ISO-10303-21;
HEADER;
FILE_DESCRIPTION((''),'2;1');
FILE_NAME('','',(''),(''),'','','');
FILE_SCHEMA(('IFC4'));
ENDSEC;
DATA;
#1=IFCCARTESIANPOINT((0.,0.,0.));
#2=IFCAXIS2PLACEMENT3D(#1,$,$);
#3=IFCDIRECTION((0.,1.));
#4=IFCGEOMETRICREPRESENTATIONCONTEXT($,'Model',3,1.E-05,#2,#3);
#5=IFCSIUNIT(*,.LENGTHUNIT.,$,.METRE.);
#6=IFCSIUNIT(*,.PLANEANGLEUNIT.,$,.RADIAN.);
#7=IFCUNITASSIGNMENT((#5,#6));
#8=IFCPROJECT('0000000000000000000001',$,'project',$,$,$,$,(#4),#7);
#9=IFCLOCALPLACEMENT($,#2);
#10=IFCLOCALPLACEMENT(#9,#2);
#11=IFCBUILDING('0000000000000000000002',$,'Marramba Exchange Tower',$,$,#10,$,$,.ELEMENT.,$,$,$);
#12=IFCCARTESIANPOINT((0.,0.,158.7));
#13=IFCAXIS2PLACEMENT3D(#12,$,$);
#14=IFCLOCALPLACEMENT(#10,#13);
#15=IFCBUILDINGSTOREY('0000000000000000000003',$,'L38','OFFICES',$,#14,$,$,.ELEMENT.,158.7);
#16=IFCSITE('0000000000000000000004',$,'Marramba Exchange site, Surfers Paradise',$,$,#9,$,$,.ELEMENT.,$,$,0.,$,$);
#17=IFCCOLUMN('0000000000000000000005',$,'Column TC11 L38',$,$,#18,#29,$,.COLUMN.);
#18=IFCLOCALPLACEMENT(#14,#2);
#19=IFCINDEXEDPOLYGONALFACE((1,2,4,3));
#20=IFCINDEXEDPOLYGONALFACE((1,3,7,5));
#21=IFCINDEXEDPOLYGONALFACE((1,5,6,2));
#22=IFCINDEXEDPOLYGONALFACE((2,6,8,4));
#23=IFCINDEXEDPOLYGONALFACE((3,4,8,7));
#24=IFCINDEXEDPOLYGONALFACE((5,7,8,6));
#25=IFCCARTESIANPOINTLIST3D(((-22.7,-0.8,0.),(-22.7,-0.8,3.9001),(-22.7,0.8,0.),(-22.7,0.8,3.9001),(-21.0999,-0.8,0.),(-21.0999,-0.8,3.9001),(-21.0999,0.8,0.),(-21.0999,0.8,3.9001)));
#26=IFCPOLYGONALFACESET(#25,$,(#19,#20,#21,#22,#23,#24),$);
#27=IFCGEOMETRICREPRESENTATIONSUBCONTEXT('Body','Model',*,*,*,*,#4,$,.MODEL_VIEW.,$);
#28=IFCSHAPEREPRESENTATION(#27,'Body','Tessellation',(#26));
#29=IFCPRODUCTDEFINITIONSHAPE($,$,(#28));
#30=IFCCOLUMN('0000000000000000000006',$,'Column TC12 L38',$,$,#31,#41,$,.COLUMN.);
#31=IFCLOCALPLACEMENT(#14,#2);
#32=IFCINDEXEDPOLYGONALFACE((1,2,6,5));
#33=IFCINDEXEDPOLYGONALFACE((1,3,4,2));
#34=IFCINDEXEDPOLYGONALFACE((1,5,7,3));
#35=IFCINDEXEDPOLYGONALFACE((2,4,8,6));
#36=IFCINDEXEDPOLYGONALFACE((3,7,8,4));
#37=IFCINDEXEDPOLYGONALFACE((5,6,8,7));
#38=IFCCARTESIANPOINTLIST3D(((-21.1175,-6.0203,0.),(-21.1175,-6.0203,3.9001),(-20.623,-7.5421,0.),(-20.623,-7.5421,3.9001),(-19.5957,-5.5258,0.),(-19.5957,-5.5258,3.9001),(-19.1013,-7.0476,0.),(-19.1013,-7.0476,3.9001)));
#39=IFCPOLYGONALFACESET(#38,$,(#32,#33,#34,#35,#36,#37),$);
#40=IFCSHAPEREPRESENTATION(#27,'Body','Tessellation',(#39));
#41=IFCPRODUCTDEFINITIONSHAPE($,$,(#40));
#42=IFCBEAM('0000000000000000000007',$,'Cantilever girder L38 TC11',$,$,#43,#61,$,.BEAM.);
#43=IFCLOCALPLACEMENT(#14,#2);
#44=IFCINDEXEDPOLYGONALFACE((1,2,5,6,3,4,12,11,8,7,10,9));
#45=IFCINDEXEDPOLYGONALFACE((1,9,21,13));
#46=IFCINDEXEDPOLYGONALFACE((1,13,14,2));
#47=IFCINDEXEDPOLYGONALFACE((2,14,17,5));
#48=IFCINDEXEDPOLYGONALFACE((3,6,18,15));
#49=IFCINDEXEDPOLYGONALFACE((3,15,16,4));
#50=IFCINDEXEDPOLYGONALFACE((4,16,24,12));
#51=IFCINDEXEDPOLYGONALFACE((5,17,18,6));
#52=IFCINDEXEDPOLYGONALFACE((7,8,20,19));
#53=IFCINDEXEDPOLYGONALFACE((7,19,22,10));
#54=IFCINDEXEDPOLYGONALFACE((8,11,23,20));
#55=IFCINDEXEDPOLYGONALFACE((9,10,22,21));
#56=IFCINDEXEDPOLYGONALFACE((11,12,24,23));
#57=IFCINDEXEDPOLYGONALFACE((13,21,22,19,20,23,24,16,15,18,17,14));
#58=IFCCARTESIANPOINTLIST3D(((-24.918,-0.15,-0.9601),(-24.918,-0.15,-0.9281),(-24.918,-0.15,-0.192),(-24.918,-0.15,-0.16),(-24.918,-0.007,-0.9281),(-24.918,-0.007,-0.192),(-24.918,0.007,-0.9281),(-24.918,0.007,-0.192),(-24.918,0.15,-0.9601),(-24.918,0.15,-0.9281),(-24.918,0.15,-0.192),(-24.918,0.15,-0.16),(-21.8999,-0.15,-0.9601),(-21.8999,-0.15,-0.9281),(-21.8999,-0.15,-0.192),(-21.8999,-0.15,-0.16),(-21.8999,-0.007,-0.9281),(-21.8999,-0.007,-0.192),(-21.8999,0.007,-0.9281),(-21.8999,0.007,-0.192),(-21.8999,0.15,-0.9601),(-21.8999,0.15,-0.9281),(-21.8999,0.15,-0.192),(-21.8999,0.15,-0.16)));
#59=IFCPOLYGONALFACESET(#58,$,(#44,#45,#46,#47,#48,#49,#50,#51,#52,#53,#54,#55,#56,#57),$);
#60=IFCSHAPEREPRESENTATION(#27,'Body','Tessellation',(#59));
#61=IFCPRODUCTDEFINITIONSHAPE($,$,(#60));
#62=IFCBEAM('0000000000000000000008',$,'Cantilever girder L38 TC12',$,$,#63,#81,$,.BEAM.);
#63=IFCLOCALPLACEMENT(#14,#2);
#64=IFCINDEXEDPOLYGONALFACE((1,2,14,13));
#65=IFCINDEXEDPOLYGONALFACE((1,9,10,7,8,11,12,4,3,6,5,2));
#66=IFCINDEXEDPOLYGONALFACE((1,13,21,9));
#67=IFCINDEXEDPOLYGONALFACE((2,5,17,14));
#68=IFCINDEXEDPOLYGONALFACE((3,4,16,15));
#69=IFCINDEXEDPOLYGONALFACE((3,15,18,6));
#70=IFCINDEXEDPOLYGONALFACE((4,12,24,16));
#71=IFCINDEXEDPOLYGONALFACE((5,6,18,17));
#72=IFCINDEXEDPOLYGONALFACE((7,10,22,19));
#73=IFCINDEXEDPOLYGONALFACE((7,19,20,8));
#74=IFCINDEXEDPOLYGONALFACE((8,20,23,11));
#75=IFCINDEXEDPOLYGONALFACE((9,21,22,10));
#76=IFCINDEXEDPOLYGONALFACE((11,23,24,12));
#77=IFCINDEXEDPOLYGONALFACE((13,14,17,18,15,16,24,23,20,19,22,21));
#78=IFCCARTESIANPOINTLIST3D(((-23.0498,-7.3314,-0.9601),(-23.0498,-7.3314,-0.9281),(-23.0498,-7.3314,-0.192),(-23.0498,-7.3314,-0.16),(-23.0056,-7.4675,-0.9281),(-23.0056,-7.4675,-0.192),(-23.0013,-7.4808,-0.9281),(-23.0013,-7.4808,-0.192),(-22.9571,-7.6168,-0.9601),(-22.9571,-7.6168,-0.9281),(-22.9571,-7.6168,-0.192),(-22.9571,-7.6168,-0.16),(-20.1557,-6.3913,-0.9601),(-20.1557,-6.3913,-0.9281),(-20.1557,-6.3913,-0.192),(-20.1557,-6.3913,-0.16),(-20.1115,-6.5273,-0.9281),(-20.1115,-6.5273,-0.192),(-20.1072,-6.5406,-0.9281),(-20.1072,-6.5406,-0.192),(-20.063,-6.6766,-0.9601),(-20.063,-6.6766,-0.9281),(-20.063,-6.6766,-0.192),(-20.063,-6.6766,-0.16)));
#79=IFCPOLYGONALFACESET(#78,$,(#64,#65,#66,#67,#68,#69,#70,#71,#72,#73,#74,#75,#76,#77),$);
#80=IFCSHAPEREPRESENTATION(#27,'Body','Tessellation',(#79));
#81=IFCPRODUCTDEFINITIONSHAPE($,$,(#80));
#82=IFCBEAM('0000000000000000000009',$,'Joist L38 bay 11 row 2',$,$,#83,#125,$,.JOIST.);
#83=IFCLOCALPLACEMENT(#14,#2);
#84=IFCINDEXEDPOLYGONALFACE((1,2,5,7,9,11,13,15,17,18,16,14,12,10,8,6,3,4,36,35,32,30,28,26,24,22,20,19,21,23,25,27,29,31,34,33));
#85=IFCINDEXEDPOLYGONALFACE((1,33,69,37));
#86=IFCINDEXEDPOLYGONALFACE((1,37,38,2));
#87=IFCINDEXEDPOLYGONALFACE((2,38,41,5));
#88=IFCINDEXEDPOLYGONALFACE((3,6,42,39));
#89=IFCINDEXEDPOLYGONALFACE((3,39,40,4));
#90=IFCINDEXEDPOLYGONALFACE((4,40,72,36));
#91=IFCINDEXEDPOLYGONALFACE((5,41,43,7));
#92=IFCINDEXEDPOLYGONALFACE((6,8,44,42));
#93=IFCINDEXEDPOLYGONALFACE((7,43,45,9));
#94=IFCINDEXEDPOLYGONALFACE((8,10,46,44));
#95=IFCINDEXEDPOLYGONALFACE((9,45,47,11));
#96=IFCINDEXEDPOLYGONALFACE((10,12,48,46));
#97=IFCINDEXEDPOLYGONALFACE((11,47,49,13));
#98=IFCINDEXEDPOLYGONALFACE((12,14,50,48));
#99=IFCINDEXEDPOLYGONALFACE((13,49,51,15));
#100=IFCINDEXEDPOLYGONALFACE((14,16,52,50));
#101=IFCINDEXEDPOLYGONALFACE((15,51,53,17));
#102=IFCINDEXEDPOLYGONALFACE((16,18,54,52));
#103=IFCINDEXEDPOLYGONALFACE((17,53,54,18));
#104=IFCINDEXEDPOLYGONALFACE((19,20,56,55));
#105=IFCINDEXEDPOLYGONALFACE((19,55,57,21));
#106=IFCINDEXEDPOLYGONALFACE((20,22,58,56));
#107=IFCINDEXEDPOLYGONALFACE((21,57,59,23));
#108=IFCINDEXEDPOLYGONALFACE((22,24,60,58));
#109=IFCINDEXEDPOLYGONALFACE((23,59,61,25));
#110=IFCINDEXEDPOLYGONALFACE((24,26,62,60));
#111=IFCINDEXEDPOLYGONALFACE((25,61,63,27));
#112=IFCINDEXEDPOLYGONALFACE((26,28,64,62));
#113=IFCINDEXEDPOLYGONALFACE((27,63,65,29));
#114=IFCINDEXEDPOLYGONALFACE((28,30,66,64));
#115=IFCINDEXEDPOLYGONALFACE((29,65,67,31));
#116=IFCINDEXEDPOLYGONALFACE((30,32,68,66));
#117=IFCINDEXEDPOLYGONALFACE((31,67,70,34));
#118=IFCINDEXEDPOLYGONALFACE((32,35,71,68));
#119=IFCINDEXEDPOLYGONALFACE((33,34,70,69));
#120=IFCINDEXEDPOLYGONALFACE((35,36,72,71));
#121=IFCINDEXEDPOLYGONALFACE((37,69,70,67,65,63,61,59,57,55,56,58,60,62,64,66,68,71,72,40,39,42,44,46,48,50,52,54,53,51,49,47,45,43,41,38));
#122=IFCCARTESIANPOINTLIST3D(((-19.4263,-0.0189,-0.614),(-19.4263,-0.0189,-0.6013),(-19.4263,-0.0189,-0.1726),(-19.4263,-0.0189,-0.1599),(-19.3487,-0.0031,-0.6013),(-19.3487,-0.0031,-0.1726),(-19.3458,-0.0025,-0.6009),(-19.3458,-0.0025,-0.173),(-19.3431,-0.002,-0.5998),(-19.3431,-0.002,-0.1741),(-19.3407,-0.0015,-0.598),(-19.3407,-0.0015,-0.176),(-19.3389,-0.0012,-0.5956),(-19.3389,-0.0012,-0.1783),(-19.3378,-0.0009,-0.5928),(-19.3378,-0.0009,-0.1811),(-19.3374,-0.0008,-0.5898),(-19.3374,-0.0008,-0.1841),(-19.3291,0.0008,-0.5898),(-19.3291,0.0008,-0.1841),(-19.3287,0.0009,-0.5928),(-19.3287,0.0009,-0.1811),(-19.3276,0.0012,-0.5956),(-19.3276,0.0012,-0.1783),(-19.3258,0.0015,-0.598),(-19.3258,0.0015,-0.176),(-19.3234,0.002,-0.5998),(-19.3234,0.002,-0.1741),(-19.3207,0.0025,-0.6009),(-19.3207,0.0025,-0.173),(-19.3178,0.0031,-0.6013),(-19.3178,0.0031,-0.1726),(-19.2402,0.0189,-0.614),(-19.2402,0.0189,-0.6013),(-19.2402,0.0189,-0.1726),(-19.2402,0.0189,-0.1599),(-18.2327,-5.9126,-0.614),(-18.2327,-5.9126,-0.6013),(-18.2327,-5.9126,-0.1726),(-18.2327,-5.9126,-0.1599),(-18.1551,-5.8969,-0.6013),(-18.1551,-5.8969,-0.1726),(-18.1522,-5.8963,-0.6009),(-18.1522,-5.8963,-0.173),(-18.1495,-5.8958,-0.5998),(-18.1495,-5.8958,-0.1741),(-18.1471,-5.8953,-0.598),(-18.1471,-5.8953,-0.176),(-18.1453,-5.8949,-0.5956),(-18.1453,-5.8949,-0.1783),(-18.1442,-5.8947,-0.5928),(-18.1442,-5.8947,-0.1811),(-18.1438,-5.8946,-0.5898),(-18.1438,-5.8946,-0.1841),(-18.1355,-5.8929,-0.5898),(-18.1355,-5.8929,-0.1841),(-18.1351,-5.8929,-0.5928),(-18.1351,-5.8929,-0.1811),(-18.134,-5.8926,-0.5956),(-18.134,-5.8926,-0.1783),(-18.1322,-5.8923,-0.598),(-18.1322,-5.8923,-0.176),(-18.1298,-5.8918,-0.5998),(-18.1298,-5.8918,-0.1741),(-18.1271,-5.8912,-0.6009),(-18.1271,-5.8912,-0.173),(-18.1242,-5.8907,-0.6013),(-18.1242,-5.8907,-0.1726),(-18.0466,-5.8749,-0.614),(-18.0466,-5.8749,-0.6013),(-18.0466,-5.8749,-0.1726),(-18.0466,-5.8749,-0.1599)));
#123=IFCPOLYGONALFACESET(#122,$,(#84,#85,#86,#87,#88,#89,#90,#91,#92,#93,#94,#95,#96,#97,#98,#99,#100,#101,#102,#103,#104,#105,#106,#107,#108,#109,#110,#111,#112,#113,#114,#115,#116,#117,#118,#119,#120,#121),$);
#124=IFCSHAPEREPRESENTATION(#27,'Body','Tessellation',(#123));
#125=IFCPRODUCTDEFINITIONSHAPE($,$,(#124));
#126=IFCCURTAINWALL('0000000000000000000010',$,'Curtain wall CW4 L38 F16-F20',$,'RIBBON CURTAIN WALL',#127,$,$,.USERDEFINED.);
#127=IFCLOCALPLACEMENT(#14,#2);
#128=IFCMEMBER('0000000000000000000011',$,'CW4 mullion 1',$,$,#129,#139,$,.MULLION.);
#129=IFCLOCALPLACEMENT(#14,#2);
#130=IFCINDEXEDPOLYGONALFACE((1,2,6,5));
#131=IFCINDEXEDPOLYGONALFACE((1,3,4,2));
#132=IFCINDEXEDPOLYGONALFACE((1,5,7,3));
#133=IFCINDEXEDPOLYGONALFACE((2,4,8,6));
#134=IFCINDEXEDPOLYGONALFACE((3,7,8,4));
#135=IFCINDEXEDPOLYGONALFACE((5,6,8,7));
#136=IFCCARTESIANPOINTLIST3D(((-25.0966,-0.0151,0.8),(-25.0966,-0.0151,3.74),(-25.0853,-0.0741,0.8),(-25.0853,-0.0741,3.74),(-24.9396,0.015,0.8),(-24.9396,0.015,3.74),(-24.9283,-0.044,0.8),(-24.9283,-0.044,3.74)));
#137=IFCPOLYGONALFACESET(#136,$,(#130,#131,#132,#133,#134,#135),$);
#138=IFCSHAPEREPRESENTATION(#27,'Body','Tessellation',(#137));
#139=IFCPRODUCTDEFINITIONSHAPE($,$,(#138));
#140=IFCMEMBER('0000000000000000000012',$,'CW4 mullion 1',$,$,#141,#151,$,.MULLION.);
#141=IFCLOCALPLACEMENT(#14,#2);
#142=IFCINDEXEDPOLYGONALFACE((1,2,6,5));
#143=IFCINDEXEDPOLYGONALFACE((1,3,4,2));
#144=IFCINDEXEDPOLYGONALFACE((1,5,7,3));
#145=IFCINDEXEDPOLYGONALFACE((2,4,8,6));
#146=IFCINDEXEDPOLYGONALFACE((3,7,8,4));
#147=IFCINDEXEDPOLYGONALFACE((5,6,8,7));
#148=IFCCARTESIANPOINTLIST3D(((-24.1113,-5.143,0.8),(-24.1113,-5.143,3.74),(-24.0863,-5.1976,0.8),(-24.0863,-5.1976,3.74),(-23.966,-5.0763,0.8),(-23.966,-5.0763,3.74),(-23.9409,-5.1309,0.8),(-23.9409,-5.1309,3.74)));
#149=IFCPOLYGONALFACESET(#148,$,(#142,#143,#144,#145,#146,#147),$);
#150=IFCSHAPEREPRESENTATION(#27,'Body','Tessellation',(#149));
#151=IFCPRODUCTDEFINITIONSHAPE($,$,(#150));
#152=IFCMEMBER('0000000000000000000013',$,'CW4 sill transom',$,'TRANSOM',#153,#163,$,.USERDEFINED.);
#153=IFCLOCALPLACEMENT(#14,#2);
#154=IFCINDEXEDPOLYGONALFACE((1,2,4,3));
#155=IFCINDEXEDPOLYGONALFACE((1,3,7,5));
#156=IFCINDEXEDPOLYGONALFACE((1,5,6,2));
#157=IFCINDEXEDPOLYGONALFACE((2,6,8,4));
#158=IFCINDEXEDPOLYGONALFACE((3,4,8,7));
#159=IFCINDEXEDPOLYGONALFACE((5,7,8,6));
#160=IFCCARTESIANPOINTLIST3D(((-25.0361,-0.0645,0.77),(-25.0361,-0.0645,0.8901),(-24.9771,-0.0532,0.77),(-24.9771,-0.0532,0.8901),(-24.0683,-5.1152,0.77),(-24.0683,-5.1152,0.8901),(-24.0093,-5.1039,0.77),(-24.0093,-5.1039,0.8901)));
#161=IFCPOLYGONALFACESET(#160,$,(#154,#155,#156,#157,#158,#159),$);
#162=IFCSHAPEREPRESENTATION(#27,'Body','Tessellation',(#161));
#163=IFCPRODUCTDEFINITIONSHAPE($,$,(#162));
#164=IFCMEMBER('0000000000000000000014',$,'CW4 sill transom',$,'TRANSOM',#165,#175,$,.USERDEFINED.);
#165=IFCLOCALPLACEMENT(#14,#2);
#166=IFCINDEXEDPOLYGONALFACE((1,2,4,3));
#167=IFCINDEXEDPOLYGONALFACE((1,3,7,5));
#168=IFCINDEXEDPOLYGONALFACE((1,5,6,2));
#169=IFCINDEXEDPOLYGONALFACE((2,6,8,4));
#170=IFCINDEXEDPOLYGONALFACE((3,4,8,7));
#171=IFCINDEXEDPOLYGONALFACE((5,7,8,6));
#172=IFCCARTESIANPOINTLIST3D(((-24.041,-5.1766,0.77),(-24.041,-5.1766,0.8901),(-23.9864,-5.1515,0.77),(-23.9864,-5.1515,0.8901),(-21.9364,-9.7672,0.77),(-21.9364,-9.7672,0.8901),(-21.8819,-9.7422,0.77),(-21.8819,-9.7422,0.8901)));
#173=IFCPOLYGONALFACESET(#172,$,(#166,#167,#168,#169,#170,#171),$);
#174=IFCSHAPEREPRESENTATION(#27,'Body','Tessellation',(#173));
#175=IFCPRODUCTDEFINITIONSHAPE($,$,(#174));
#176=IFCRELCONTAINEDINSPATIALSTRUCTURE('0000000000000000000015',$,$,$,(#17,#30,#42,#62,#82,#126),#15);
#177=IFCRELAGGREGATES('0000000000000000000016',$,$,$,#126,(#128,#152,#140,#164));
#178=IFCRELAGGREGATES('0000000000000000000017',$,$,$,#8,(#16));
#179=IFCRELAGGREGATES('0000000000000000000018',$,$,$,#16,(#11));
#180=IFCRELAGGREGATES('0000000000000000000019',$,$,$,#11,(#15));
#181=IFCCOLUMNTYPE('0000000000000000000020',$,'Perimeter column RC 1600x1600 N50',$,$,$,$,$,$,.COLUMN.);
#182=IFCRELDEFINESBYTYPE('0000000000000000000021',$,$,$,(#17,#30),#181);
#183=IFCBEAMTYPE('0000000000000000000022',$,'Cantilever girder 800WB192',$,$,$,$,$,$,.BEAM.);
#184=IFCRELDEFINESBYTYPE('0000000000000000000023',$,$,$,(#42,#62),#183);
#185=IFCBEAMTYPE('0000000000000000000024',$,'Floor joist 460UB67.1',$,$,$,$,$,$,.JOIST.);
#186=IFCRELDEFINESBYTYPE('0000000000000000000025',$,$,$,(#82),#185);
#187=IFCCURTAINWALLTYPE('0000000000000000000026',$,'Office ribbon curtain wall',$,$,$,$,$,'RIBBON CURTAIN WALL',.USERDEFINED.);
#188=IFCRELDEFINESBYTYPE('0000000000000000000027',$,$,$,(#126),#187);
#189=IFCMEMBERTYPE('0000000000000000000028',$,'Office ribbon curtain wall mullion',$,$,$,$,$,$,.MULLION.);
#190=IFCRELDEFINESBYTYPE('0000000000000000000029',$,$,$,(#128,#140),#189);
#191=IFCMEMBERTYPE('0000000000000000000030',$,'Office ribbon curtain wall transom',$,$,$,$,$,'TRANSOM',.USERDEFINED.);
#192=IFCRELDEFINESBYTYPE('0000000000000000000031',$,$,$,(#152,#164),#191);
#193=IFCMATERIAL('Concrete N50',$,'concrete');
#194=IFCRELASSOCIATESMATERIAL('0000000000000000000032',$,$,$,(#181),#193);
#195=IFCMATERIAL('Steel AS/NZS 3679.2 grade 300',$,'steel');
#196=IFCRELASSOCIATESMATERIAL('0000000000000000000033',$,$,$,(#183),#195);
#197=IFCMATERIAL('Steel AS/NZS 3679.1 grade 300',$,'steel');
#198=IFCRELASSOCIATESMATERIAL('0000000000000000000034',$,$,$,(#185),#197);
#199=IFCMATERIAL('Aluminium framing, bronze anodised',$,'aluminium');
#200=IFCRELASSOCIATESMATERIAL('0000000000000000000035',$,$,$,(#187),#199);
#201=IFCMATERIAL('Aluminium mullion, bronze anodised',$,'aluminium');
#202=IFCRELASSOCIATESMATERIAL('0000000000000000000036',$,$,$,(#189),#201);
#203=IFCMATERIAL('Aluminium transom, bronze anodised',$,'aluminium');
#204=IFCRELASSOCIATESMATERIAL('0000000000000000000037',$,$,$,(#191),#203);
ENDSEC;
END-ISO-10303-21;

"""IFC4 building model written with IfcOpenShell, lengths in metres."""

from ifc_helpers import new_model, si_unit, direction, frame, origin, origin_2d, place, context, subcontext, project, spatial, rectangle, i_section, extrude, material, material_profile, profile_set, type_object, element, aggregate, save


model = new_model("IFC4")

# Units and contexts
model_context = context("Model", 3, precision=1e-05, world=origin(), true_north=direction((0.0, 1.0)))
body_context = subcontext(model_context, "Body", "Model", "MODEL_VIEW")
ifc_project = project(units=[si_unit("LENGTHUNIT", "METRE"), si_unit("PLANEANGLEUNIT", "RADIAN")], contexts=[model_context])

# Site, building, storey
site_placement = place(None, origin())
site = spatial("IfcSite", under=ifc_project, at=site_placement, Name="Marramba Exchange site, Surfers Paradise", CompositionType="ELEMENT", RefElevation=0.0)
building_placement = place(site_placement, origin())
building = spatial("IfcBuilding", under=site, at=building_placement, Name="Marramba Exchange Tower", CompositionType="ELEMENT")
storey_placement = place(building_placement, frame((0.0, 0.0, 158.7)))
storey = spatial("IfcBuildingStorey", under=building, at=storey_placement, Name="L38", Description="OFFICES", CompositionType="ELEMENT", Elevation=158.7)

# Columns
ifc_material_1 = material(Name="Concrete N50", Category="concrete")
ifc_material_profile_1 = material_profile(ifc_material_1, rectangle(XDim=1.6001, YDim=1.6001, at=origin_2d()), Name="RC 1600x1600")
ifc_profile_set_1 = profile_set([ifc_material_profile_1], Name="Concrete N50")
column_type = type_object("IfcColumnType", Name="Perimeter column RC 1600x1600 N50", PredefinedType="COLUMN", material=ifc_profile_set_1)
for number, where, z_axis, x_axis, name in (
    (1, (-21.8999, 0.0, 0.0), (0.0, 0.0, 1.0), (-1.0, 0.0, 0.0), "Column TC11 L38"),
    (2, (-20.1094, -6.5339, 0.0), (0.0, 0.0, 1.0), (-0.951057, -0.309017, 0.0), "Column TC12 L38"),
):
    element("IfcColumn", number, at=place(storey_placement, frame(where, z_axis=z_axis, x_axis=x_axis)), inside=storey, type_object=column_type, Name=name, PredefinedType="COLUMN", context=body_context, shape_type="SweptSolid", body=[
        extrude(rectangle(XDim=1.6001, YDim=1.6001, at=origin_2d()), origin(), (0.0, 0.0, 1.0), 3.9001),
    ])

# Beams
ifc_material_2 = material(Name="Steel AS/NZS 3679.2 grade 300", Category="steel")
ifc_material_profile_2 = material_profile(ifc_material_2, i_section(OverallWidth=0.3, OverallDepth=0.8, WebThickness=0.0139, FlangeThickness=0.032, at=origin_2d()), Name="800WB192")
ifc_profile_set_2 = profile_set([ifc_material_profile_2], Name="Steel AS/NZS 3679.2 grade 300")
beam_type_1 = type_object("IfcBeamType", Name="Cantilever girder 800WB192", PredefinedType="BEAM", material=ifc_profile_set_2)
beam_1_placement = place(storey_placement, frame((-21.8999, 0.0, -0.5601), z_axis=(-1.0, 0.0, 0.0), x_axis=(0.0, -1.0, 0.0)))
element("IfcBeam", 3, at=beam_1_placement, inside=storey, type_object=beam_type_1, Name="Cantilever girder L38 TC11", PredefinedType="BEAM", context=body_context, shape_type="SweptSolid", body=[
    extrude(i_section(OverallWidth=0.3, OverallDepth=0.8, WebThickness=0.0139, FlangeThickness=0.032, at=origin_2d()), origin(), (0.0, 0.0, 1.0), 3.0181),
])
beam_2_placement = place(storey_placement, frame((-20.1094, -6.5339, -0.5601), z_axis=(-0.951071, -0.308974, 0.0), x_axis=(0.308974, -0.951071, 0.0)))
element("IfcBeam", 4, at=beam_2_placement, inside=storey, type_object=beam_type_1, Name="Cantilever girder L38 TC12", PredefinedType="BEAM", context=body_context, shape_type="SweptSolid", body=[
    extrude(i_section(OverallWidth=0.3, OverallDepth=0.8, WebThickness=0.0139, FlangeThickness=0.032, at=origin_2d()), origin(), (0.0, 0.0, 1.0), 3.043),
])
ifc_material_3 = material(Name="Steel AS/NZS 3679.1 grade 300", Category="steel")
ifc_material_profile_3 = material_profile(ifc_material_3, i_section(OverallWidth=0.1899, OverallDepth=0.4541, WebThickness=0.0085, FlangeThickness=0.0127, FilletRadius=0.0115, at=origin_2d()), Name="460UB67.1")
ifc_profile_set_3 = profile_set([ifc_material_profile_3], Name="Steel AS/NZS 3679.1 grade 300")
beam_type_2 = type_object("IfcBeamType", Name="Floor joist 460UB67.1", PredefinedType="JOIST", material=ifc_profile_set_3)
beam_3_placement = place(storey_placement, frame((-19.3333, 0.0, -0.387), z_axis=(0.198489, -0.980103, 0.0), x_axis=(0.980103, 0.198489, 0.0)))
element("IfcBeam", 5, at=beam_3_placement, inside=storey, type_object=beam_type_2, Name="Joist L38 bay 11 row 2", PredefinedType="JOIST", context=body_context, shape_type="SweptSolid", body=[
    extrude(i_section(OverallWidth=0.1899, OverallDepth=0.4541, WebThickness=0.0085, FlangeThickness=0.0127, FilletRadius=0.0115, at=origin_2d()), origin(), (0.0, 0.0, 1.0), 6.0134),
])

# Curtain wall, members
ifc_material_4 = material(Name="Aluminium framing, bronze anodised", Category="aluminium")
curtain_wall_type = type_object("IfcCurtainWallType", Name="Office ribbon curtain wall", ElementType="RIBBON CURTAIN WALL", PredefinedType="USERDEFINED", material=ifc_material_4)
curtain_wall_placement = place(storey_placement, origin())
curtain_wall = element("IfcCurtainWall", 6, at=curtain_wall_placement, inside=storey, type_object=curtain_wall_type, Name="Curtain wall CW4 L38 F16-F20", ObjectType="RIBBON CURTAIN WALL", PredefinedType="USERDEFINED")
ifc_material_5 = material(Name="Aluminium mullion, bronze anodised", Category="aluminium")
ifc_material_profile_4 = material_profile(ifc_material_5, rectangle(XDim=0.1599, YDim=0.0601, at=origin_2d()), Name="CW4 mullion 60x160")
ifc_profile_set_4 = profile_set([ifc_material_profile_4], Name="Aluminium mullion, bronze anodised")
member_type_1 = type_object("IfcMemberType", Name="Office ribbon curtain wall mullion", PredefinedType="MULLION", material=ifc_profile_set_4)
member_1_placement = place(storey_placement, frame((-25.0125, -0.0295, 0.8), z_axis=(0.0, 0.0, 1.0), x_axis=(0.982126, 0.188227, 0.0)))
member_1 = element("IfcMember", 7, at=member_1_placement, type_object=member_type_1, Name="CW4 mullion 1", PredefinedType="MULLION", context=body_context, shape_type="SweptSolid", body=[
    extrude(rectangle(XDim=0.1599, YDim=0.0601, at=origin_2d()), origin(), (0.0, 0.0, 1.0), 2.9399),
])
member_2_placement = place(storey_placement, frame((-24.0261, -5.137, 0.8), z_axis=(0.0, 0.0, 1.0), x_axis=(0.909027, 0.416738, 0.0)))
member_2 = element("IfcMember", 8, at=member_2_placement, type_object=member_type_1, Name="CW4 mullion 1", PredefinedType="MULLION", context=body_context, shape_type="SweptSolid", body=[
    extrude(rectangle(XDim=0.1599, YDim=0.0601, at=origin_2d()), origin(), (0.0, 0.0, 1.0), 2.9399),
])
ifc_material_6 = material(Name="Aluminium transom, bronze anodised", Category="aluminium")
ifc_material_profile_5 = material_profile(ifc_material_6, rectangle(XDim=0.0601, YDim=0.1201, at=origin_2d()), Name="CW4 transom 60x120")
ifc_profile_set_5 = profile_set([ifc_material_profile_5], Name="Aluminium transom, bronze anodised")
member_type_2 = type_object("IfcMemberType", Name="Office ribbon curtain wall transom", ElementType="TRANSOM", PredefinedType="USERDEFINED", material=ifc_profile_set_5)
member_3_placement = place(storey_placement, frame((-25.0066, -0.0588, 0.8301), z_axis=(0.188185, -0.982134, 0.0), x_axis=(0.982134, 0.188185, 0.0)))
member_3 = element("IfcMember", 9, at=member_3_placement, type_object=member_type_2, Name="CW4 sill transom", ObjectType="TRANSOM", PredefinedType="USERDEFINED", context=body_context, shape_type="SweptSolid", body=[
    extrude(rectangle(XDim=0.0601, YDim=0.1201, at=origin_2d()), origin(), (0.0, 0.0, 1.0), 5.1426),
])
member_4_placement = place(storey_placement, frame((-24.0137, -5.1641, 0.8301), z_axis=(0.416733, -0.909029, 0.0), x_axis=(0.909029, 0.416733, 0.0)))
member_4 = element("IfcMember", 10, at=member_4_placement, type_object=member_type_2, Name="CW4 sill transom", ObjectType="TRANSOM", PredefinedType="USERDEFINED", context=body_context, shape_type="SweptSolid", body=[
    extrude(rectangle(XDim=0.0601, YDim=0.1201, at=origin_2d()), origin(), (0.0, 0.0, 1.0), 5.05),
])

aggregate(curtain_wall, [member_1, member_3, member_2, member_4])

save(model, "model.ifc")
